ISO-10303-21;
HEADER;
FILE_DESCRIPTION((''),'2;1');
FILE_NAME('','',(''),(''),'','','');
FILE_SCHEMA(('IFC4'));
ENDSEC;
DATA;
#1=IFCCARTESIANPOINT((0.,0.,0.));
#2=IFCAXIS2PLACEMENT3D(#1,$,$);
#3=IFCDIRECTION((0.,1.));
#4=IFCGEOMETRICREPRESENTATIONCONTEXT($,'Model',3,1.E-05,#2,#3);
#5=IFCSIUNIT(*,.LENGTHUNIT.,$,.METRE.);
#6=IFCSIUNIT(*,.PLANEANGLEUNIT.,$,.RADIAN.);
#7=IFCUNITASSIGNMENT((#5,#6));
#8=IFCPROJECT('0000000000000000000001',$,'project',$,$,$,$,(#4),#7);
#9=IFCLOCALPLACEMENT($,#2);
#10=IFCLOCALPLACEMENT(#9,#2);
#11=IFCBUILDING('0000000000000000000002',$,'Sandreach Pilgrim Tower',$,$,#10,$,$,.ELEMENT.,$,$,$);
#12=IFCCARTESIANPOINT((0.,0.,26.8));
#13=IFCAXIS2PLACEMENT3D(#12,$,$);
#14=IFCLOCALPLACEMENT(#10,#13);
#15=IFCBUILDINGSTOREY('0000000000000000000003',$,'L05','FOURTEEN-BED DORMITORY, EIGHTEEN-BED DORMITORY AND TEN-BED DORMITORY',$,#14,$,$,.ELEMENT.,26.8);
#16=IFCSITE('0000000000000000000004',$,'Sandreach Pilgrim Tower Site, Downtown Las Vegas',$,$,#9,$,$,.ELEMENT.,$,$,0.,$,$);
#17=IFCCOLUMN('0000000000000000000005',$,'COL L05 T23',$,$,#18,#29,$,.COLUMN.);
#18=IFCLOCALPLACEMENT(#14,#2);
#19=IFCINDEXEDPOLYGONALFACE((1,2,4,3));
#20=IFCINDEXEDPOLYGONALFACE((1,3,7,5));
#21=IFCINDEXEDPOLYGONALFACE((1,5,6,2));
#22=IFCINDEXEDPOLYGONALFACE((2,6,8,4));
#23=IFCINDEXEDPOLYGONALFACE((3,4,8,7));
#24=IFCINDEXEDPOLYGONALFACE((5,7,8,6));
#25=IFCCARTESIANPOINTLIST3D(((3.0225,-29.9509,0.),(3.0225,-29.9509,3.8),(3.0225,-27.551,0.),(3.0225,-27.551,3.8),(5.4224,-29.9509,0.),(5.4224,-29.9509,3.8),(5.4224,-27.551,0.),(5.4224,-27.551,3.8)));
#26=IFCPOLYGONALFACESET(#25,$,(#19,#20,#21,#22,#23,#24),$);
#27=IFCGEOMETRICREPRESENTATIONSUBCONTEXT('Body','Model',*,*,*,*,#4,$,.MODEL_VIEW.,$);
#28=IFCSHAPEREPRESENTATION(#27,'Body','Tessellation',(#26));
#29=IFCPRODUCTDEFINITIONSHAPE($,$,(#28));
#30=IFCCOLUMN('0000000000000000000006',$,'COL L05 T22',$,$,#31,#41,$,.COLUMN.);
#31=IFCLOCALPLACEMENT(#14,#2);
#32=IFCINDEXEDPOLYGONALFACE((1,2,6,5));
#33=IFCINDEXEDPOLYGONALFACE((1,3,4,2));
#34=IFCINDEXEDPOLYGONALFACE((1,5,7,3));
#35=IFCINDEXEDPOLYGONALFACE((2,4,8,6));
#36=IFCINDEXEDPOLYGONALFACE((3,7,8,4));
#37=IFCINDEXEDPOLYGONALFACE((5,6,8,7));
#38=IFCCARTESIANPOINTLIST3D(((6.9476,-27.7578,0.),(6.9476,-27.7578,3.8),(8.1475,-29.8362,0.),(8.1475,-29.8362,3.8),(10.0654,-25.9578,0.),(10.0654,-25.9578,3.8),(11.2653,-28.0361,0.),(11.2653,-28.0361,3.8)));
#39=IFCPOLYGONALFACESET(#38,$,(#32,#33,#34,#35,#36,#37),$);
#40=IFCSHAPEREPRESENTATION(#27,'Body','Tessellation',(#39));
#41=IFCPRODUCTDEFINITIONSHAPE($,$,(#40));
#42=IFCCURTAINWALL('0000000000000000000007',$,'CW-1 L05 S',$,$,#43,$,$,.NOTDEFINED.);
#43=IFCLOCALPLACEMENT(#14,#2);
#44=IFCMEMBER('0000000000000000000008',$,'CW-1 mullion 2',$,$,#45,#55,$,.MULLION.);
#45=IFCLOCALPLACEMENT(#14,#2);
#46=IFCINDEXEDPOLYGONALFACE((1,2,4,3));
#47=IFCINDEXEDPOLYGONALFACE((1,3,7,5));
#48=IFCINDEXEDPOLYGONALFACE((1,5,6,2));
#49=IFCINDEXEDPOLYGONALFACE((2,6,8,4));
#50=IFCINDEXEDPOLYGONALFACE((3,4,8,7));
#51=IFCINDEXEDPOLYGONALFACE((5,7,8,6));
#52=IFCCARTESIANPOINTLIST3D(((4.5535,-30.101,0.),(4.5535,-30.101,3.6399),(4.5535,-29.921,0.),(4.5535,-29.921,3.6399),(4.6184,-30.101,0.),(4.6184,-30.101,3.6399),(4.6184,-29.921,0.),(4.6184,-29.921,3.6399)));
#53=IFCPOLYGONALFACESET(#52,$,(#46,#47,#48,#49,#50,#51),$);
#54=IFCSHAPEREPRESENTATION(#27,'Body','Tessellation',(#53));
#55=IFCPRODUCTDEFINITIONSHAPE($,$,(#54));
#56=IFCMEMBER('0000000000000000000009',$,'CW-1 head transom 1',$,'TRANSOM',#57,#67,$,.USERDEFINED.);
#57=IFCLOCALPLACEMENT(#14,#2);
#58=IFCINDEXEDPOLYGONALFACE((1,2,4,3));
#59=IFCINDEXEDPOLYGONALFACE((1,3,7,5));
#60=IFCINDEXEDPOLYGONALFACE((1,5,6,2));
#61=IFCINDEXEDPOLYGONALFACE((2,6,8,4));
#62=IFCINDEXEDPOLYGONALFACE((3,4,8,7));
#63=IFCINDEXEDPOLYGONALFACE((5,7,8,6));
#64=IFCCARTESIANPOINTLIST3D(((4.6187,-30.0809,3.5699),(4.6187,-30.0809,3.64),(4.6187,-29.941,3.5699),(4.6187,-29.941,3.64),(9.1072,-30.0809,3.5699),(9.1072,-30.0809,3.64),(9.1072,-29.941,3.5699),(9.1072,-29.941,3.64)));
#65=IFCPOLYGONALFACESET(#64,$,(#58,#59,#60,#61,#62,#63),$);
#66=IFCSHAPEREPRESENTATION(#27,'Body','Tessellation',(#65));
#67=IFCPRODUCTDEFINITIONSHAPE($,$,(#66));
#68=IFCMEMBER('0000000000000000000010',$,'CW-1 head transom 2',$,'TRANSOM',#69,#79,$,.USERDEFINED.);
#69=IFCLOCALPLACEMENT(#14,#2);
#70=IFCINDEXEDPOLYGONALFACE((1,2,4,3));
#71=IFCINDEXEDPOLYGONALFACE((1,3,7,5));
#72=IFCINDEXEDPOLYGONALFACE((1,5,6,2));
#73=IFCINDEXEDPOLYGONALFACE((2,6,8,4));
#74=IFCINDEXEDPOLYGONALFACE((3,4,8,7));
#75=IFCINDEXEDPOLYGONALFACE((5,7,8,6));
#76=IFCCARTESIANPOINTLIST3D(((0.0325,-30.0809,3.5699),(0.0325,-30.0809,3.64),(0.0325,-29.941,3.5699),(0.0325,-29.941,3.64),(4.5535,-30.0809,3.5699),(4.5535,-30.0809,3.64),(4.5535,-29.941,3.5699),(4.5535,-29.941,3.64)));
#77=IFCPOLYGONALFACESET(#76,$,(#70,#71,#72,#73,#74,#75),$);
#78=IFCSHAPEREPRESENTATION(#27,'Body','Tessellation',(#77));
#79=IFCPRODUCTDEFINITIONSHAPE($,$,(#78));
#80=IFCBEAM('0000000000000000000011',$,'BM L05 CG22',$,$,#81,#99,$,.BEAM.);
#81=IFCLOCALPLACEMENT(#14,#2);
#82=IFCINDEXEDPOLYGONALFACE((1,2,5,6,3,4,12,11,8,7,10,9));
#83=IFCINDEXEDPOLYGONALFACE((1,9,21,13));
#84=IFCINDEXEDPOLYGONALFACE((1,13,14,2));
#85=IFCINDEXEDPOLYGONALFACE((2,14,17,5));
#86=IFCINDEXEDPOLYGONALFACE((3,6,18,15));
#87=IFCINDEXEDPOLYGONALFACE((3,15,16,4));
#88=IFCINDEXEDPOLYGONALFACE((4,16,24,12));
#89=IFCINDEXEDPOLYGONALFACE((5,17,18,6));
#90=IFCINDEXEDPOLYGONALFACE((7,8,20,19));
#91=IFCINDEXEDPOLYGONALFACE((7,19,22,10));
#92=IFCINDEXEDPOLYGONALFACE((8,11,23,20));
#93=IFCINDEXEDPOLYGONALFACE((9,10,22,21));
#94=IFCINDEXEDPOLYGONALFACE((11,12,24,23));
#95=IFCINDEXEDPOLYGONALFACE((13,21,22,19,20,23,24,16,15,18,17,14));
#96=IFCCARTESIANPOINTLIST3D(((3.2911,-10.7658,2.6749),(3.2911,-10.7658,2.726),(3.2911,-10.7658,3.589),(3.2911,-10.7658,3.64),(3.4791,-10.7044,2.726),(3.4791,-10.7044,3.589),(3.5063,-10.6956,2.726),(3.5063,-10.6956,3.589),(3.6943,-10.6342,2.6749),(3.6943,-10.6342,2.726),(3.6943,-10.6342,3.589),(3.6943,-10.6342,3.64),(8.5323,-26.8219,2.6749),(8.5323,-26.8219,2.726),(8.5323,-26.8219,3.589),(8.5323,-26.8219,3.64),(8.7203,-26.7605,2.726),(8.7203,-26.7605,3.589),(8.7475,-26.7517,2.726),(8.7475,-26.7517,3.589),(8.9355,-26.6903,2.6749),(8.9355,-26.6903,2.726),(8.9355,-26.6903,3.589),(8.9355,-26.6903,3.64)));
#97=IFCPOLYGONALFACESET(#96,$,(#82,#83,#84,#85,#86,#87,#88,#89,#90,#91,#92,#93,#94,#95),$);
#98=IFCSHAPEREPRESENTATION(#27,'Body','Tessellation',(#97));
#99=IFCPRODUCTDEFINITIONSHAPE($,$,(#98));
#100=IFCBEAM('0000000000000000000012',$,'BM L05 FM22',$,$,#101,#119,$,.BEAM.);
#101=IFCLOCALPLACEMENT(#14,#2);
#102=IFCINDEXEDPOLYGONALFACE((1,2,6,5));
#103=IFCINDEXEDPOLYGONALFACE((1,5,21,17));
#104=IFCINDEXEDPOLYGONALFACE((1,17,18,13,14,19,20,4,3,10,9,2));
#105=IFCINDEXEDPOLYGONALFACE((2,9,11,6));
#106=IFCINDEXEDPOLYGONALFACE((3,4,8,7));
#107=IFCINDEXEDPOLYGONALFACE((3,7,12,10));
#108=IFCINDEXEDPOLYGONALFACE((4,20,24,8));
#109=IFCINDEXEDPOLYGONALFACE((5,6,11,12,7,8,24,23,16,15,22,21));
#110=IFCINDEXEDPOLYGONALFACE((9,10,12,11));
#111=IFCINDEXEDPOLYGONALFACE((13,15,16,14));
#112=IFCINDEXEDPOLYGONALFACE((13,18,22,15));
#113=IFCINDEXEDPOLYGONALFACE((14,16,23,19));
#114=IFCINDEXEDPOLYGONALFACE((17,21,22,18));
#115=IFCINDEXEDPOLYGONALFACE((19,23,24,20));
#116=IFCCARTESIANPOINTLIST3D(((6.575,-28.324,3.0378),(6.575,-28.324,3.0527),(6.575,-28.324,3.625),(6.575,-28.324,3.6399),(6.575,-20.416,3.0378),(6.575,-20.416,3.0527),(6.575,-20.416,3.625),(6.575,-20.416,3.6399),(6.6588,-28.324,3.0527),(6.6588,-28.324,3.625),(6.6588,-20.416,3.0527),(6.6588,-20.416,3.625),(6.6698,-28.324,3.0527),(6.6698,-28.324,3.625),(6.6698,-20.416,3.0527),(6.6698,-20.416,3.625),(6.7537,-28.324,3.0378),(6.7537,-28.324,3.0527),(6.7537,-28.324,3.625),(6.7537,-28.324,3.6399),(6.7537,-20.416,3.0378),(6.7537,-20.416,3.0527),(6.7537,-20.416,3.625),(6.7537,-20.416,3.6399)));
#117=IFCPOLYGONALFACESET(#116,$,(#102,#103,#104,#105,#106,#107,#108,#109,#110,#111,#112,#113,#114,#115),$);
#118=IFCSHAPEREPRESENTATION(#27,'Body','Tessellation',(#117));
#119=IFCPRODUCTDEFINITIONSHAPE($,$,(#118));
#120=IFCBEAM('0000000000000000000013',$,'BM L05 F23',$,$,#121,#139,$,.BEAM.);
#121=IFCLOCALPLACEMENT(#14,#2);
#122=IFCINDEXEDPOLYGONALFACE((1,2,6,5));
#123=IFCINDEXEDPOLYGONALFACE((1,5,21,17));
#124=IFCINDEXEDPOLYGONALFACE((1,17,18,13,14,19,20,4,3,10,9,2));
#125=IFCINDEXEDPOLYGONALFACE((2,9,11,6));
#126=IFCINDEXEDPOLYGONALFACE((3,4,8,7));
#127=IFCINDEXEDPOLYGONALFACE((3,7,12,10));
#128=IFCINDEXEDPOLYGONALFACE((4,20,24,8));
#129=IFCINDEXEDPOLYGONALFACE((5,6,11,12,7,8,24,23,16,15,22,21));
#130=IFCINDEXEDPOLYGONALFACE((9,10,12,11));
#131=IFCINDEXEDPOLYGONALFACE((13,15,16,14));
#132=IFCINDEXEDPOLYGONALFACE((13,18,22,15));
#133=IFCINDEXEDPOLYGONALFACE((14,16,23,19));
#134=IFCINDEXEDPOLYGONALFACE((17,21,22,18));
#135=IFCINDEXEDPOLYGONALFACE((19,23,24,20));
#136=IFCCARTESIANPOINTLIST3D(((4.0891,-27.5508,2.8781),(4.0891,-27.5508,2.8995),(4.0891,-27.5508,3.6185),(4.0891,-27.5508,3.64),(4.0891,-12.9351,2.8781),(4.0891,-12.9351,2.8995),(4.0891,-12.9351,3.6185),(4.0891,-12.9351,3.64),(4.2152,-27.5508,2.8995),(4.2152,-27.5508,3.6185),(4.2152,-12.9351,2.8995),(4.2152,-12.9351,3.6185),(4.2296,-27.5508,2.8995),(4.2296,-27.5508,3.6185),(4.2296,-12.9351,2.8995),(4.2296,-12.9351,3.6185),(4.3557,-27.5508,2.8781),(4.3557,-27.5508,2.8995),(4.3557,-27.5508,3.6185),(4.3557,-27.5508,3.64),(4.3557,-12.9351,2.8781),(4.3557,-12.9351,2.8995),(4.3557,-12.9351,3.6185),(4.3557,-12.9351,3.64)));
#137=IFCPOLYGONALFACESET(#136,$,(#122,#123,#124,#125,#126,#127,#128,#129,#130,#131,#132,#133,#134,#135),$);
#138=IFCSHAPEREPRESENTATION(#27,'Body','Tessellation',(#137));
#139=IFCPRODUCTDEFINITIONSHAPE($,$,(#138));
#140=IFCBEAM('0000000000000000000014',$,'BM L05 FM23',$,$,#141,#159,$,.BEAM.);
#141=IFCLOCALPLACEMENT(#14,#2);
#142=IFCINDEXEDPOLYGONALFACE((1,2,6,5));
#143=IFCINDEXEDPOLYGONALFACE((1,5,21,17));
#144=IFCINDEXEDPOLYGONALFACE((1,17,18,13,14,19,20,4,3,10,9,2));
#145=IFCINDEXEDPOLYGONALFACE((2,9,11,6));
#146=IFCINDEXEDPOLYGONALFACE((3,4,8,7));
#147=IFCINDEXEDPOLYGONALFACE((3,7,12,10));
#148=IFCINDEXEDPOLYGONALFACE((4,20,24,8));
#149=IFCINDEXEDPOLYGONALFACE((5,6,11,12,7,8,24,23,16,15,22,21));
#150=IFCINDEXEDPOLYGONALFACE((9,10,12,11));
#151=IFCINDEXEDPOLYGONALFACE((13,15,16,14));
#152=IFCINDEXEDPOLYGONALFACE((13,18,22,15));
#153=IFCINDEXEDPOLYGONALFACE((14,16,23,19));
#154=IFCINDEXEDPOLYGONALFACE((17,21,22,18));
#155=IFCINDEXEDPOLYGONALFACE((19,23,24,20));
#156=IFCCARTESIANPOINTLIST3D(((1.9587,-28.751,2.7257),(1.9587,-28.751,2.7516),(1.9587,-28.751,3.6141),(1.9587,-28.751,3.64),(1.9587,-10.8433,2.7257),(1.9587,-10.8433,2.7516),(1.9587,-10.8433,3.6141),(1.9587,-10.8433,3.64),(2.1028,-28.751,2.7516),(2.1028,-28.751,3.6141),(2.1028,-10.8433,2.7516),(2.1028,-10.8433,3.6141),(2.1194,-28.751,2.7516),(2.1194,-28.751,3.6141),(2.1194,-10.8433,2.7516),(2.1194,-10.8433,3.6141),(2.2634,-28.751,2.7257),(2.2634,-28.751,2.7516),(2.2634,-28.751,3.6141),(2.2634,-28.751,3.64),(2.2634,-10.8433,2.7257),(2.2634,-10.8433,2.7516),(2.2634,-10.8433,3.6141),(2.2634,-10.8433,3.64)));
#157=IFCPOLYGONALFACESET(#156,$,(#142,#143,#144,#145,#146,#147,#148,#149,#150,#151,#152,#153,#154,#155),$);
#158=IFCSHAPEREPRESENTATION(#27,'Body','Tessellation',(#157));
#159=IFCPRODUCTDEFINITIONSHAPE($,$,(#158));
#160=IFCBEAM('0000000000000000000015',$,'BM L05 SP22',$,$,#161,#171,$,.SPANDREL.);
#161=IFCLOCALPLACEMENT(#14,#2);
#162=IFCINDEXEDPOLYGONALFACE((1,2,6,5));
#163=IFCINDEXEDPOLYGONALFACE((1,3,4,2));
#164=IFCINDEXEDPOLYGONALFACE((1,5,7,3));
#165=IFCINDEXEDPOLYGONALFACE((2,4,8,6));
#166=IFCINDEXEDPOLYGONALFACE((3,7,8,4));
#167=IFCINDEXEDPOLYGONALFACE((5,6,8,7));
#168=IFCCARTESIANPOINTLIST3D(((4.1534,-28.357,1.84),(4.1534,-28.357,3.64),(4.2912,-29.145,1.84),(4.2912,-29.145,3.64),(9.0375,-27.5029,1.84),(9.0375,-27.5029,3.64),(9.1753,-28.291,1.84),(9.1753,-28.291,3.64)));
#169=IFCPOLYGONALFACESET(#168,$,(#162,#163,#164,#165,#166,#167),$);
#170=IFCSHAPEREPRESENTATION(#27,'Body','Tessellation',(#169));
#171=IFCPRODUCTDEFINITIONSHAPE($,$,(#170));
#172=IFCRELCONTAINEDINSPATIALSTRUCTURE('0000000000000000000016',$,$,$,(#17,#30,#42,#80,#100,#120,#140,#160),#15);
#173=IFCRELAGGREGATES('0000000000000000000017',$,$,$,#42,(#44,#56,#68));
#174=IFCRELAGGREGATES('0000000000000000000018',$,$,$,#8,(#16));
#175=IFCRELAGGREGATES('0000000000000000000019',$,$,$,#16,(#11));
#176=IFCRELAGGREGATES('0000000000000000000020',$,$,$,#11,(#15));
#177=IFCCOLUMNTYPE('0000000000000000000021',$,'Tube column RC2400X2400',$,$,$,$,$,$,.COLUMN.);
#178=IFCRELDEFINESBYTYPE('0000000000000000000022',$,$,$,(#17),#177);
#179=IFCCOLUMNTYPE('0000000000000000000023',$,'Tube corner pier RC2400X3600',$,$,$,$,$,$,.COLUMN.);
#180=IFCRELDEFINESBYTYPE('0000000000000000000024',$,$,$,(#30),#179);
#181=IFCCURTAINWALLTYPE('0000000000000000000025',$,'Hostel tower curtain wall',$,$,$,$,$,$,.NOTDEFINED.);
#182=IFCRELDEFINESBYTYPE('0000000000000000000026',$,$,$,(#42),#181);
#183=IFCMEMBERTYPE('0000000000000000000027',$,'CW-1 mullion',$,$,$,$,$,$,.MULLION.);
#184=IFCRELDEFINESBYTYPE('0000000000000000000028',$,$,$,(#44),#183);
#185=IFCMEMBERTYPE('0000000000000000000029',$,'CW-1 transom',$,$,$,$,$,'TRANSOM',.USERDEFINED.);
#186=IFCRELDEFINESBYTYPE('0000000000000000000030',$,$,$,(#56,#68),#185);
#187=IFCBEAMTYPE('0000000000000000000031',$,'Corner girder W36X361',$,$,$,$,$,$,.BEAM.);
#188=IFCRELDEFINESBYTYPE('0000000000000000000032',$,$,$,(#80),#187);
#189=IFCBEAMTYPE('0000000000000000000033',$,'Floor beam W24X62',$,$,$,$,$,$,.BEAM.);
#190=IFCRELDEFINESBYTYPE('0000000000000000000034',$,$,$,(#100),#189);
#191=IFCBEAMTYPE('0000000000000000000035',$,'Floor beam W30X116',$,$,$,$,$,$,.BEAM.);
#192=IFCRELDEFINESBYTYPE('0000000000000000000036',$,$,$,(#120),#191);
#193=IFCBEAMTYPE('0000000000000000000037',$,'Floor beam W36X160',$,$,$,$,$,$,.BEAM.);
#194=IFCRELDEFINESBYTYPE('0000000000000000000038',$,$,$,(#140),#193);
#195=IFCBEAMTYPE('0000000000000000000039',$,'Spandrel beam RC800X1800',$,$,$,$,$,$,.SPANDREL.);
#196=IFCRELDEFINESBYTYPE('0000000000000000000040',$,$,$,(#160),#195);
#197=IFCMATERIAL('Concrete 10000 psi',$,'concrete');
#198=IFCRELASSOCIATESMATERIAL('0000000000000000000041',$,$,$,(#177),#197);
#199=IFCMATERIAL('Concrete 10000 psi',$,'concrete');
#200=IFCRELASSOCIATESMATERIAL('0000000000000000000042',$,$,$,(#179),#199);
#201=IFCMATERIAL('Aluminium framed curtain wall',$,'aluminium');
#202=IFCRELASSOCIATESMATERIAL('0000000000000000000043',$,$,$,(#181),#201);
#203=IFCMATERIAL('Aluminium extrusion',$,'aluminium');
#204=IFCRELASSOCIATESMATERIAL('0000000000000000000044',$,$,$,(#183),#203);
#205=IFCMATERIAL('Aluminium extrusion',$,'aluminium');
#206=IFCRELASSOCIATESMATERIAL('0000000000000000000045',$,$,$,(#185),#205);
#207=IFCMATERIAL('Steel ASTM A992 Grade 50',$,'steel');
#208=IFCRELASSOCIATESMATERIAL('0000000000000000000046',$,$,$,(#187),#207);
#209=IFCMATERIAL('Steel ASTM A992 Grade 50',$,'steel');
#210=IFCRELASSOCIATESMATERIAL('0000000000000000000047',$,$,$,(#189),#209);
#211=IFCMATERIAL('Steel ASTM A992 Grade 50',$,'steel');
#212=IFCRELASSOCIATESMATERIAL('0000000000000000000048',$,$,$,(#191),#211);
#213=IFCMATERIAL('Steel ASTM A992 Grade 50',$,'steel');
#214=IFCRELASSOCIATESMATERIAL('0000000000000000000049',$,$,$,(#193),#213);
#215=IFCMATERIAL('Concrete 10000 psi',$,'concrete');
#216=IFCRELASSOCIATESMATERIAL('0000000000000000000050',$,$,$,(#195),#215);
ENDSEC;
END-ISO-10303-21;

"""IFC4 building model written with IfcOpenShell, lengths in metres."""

from ifc_helpers import new_model, si_unit, direction, frame, origin, origin_2d, place, context, subcontext, project, spatial, rectangle, i_section, extrude, material, material_profile, profile_set, type_object, element, aggregate, save


model = new_model("IFC4")

# Units and contexts
model_context = context("Model", 3, precision=1e-05, world=origin(), true_north=direction((0.0, 1.0)))
body_context = subcontext(model_context, "Body", "Model", "MODEL_VIEW")
ifc_project = project(units=[si_unit("LENGTHUNIT", "METRE"), si_unit("PLANEANGLEUNIT", "RADIAN")], contexts=[model_context])

# Site, building, storey
site_placement = place(None, origin())
site = spatial("IfcSite", under=ifc_project, at=site_placement, Name="Sandreach Pilgrim Tower Site, Downtown Las Vegas", CompositionType="ELEMENT", RefElevation=0.0)
building_placement = place(site_placement, origin())
building = spatial("IfcBuilding", under=site, at=building_placement, Name="Sandreach Pilgrim Tower", CompositionType="ELEMENT")
storey_placement = place(building_placement, frame((0.0, 0.0, 26.8)))
storey = spatial("IfcBuildingStorey", under=building, at=storey_placement, Name="L05", Description="FOURTEEN-BED DORMITORY, EIGHTEEN-BED DORMITORY AND TEN-BED DORMITORY", CompositionType="ELEMENT", Elevation=26.8)

# Columns
ifc_material_1 = material(Name="Concrete 10000 psi", Category="concrete")
ifc_material_profile_1 = material_profile(ifc_material_1, rectangle(XDim=2.3999, YDim=2.3999, at=origin_2d()), Name="RC2400X2400")
ifc_profile_set_1 = profile_set([ifc_material_profile_1], Name="Concrete 10000 psi")
column_type_1 = type_object("IfcColumnType", Name="Tube column RC2400X2400", PredefinedType="COLUMN", material=ifc_profile_set_1)
column_1_placement = place(storey_placement, frame((4.2224, -28.751, 0.0), z_axis=(0.0, 0.0, 1.0), x_axis=(0.0, -1.0, 0.0)))
element("IfcColumn", 1, at=column_1_placement, inside=storey, type_object=column_type_1, Name="COL L05 T23", PredefinedType="COLUMN", context=body_context, shape_type="SweptSolid", body=[
    extrude(rectangle(XDim=2.3999, YDim=2.3999, at=origin_2d()), origin(), (0.0, 0.0, 1.0), 3.8),
])
ifc_material_2 = material(Name="Concrete 10000 psi", Category="concrete")
ifc_material_profile_2 = material_profile(ifc_material_2, rectangle(XDim=2.3999, YDim=3.6001, at=origin_2d()), Name="RC2400X3600")
ifc_profile_set_2 = profile_set([ifc_material_profile_2], Name="Concrete 10000 psi")
column_type_2 = type_object("IfcColumnType", Name="Tube corner pier RC2400X3600", PredefinedType="COLUMN", material=ifc_profile_set_2)
column_2_placement = place(storey_placement, frame((9.1064, -27.897, 0.0), z_axis=(0.0, 0.0, 1.0), x_axis=(0.5, -0.866025, 0.0)))
element("IfcColumn", 2, at=column_2_placement, inside=storey, type_object=column_type_2, Name="COL L05 T22", PredefinedType="COLUMN", context=body_context, shape_type="SweptSolid", body=[
    extrude(rectangle(XDim=2.3999, YDim=3.6001, at=origin_2d()), origin(), (0.0, 0.0, 1.0), 3.8),
])

# Curtain wall, members
ifc_material_3 = material(Name="Aluminium framed curtain wall", Category="aluminium")
curtain_wall_type = type_object("IfcCurtainWallType", Name="Hostel tower curtain wall", PredefinedType="NOTDEFINED", material=ifc_material_3)
curtain_wall_placement = place(storey_placement, origin())
curtain_wall = element("IfcCurtainWall", 3, at=curtain_wall_placement, inside=storey, type_object=curtain_wall_type, Name="CW-1 L05 S", PredefinedType="NOTDEFINED")
ifc_material_4 = material(Name="Aluminium extrusion", Category="aluminium")
ifc_material_profile_3 = material_profile(ifc_material_4, rectangle(XDim=0.0649, YDim=0.1799, at=origin_2d()), Name="CW-1M 65X180")
ifc_profile_set_3 = profile_set([ifc_material_profile_3], Name="Aluminium extrusion")
member_type_1 = type_object("IfcMemberType", Name="CW-1 mullion", PredefinedType="MULLION", material=ifc_profile_set_3)
member_1_placement = place(storey_placement, frame((4.5859, -30.011, 0.0), z_axis=(0.0, 0.0, 1.0), x_axis=(-1.0, 0.0, 0.0)))
member_1 = element("IfcMember", 4, at=member_1_placement, type_object=member_type_1, Name="CW-1 mullion 2", PredefinedType="MULLION", context=body_context, shape_type="SweptSolid", body=[
    extrude(rectangle(XDim=0.0649, YDim=0.1799, at=origin_2d()), origin(), (0.0, 0.0, 1.0), 3.6399),
])
ifc_material_5 = material(Name="Aluminium extrusion", Category="aluminium")
ifc_material_profile_4 = material_profile(ifc_material_5, rectangle(XDim=0.1399, YDim=0.0701, at=origin_2d()), Name="CW-1T 140X70")
ifc_profile_set_4 = profile_set([ifc_material_profile_4], Name="Aluminium extrusion")
member_type_2 = type_object("IfcMemberType", Name="CW-1 transom", ElementType="TRANSOM", PredefinedType="USERDEFINED", material=ifc_profile_set_4)
member_2_placement = place(storey_placement, frame((9.1072, -30.011, 3.605), z_axis=(-1.0, 0.0, 0.0), x_axis=(0.0, -1.0, 0.0)))
member_2 = element("IfcMember", 5, at=member_2_placement, type_object=member_type_2, Name="CW-1 head transom 1", ObjectType="TRANSOM", PredefinedType="USERDEFINED", context=body_context, shape_type="SweptSolid", body=[
    extrude(rectangle(XDim=0.1399, YDim=0.0701, at=origin_2d()), origin(), (0.0, 0.0, 1.0), 4.4885),
])
member_3_placement = place(storey_placement, frame((4.5535, -30.011, 3.605), z_axis=(-1.0, 0.0, 0.0), x_axis=(0.0, -1.0, 0.0)))
member_3 = element("IfcMember", 6, at=member_3_placement, type_object=member_type_2, Name="CW-1 head transom 2", ObjectType="TRANSOM", PredefinedType="USERDEFINED", context=body_context, shape_type="SweptSolid", body=[
    extrude(rectangle(XDim=0.1399, YDim=0.0701, at=origin_2d()), origin(), (0.0, 0.0, 1.0), 4.521),
])

# Beams
ifc_material_6 = material(Name="Steel ASTM A992 Grade 50", Category="steel")
ifc_material_profile_5 = material_profile(ifc_material_6, i_section(OverallWidth=0.4241, OverallDepth=0.9651, WebThickness=0.0286, FlangeThickness=0.051, at=origin_2d()), Name="W36X361")
ifc_profile_set_5 = profile_set([ifc_material_profile_5], Name="Steel ASTM A992 Grade 50")
beam_type_1 = type_object("IfcBeamType", Name="Corner girder W36X361", PredefinedType="BEAM", material=ifc_profile_set_5)
beam_1_placement = place(storey_placement, frame((8.7339, -26.7561, 3.1575), z_axis=(-0.310315, 0.950634, 0.0), x_axis=(-0.950634, -0.310315, 0.0)))
element("IfcBeam", 7, at=beam_1_placement, inside=storey, type_object=beam_type_1, Name="BM L05 CG22", PredefinedType="BEAM", context=body_context, shape_type="SweptSolid", body=[
    extrude(i_section(OverallWidth=0.4241, OverallDepth=0.9651, WebThickness=0.0286, FlangeThickness=0.051, at=origin_2d()), origin(), (0.0, 0.0, 1.0), 16.8899),
])
ifc_material_7 = material(Name="Steel ASTM A992 Grade 50", Category="steel")
ifc_material_profile_6 = material_profile(ifc_material_7, i_section(OverallWidth=0.1787, OverallDepth=0.6021, WebThickness=0.011, FlangeThickness=0.0149, at=origin_2d()), Name="W24X62")
ifc_profile_set_6 = profile_set([ifc_material_profile_6], Name="Steel ASTM A992 Grade 50")
beam_type_2 = type_object("IfcBeamType", Name="Floor beam W24X62", PredefinedType="BEAM", material=ifc_profile_set_6)
beam_2_placement = place(storey_placement, frame((6.6643, -28.324, 3.3389), z_axis=(0.0, 1.0, 0.0), x_axis=(-1.0, 0.0, 0.0)))
element("IfcBeam", 8, at=beam_2_placement, inside=storey, type_object=beam_type_2, Name="BM L05 FM22", PredefinedType="BEAM", context=body_context, shape_type="SweptSolid", body=[
    extrude(i_section(OverallWidth=0.1787, OverallDepth=0.6021, WebThickness=0.011, FlangeThickness=0.0149, at=origin_2d()), origin(), (0.0, 0.0, 1.0), 7.908),
])
ifc_material_8 = material(Name="Steel ASTM A992 Grade 50", Category="steel")
ifc_material_profile_7 = material_profile(ifc_material_8, i_section(OverallWidth=0.2666, OverallDepth=0.762, WebThickness=0.0144, FlangeThickness=0.0215, at=origin_2d()), Name="W30X116")
ifc_profile_set_7 = profile_set([ifc_material_profile_7], Name="Steel ASTM A992 Grade 50")
beam_type_3 = type_object("IfcBeamType", Name="Floor beam W30X116", PredefinedType="BEAM", material=ifc_profile_set_7)
beam_3_placement = place(storey_placement, frame((4.2224, -27.5508, 3.259), z_axis=(0.0, 1.0, 0.0), x_axis=(-1.0, 0.0, 0.0)))
element("IfcBeam", 9, at=beam_3_placement, inside=storey, type_object=beam_type_3, Name="BM L05 F23", PredefinedType="BEAM", context=body_context, shape_type="SweptSolid", body=[
    extrude(i_section(OverallWidth=0.2666, OverallDepth=0.762, WebThickness=0.0144, FlangeThickness=0.0215, at=origin_2d()), origin(), (0.0, 0.0, 1.0), 14.6157),
])
ifc_material_9 = material(Name="Steel ASTM A992 Grade 50", Category="steel")
ifc_material_profile_8 = material_profile(ifc_material_9, i_section(OverallWidth=0.3047, OverallDepth=0.9143, WebThickness=0.0166, FlangeThickness=0.0259, at=origin_2d()), Name="W36X160")
ifc_profile_set_8 = profile_set([ifc_material_profile_8], Name="Steel ASTM A992 Grade 50")
beam_type_4 = type_object("IfcBeamType", Name="Floor beam W36X160", PredefinedType="BEAM", material=ifc_profile_set_8)
beam_4_placement = place(storey_placement, frame((2.1111, -28.751, 3.1829), z_axis=(0.0, 1.0, 0.0), x_axis=(-1.0, 0.0, 0.0)))
element("IfcBeam", 10, at=beam_4_placement, inside=storey, type_object=beam_type_4, Name="BM L05 FM23", PredefinedType="BEAM", context=body_context, shape_type="SweptSolid", body=[
    extrude(i_section(OverallWidth=0.3047, OverallDepth=0.9143, WebThickness=0.0166, FlangeThickness=0.0259, at=origin_2d()), origin(), (0.0, 0.0, 1.0), 17.9077),
])
ifc_material_10 = material(Name="Concrete 10000 psi", Category="concrete")
ifc_material_profile_9 = material_profile(ifc_material_10, rectangle(XDim=0.8, YDim=1.8, at=origin_2d()), Name="RC800X1800")
ifc_profile_set_9 = profile_set([ifc_material_profile_9], Name="Concrete 10000 psi")
beam_type_5 = type_object("IfcBeamType", Name="Spandrel beam RC800X1800", PredefinedType="SPANDREL", material=ifc_profile_set_9)
beam_5_placement = place(storey_placement, frame((9.1064, -27.897, 2.74), z_axis=(-0.985054, -0.172243, 0.0), x_axis=(0.172243, -0.985054, 0.0)))
element("IfcBeam", 11, at=beam_5_placement, inside=storey, type_object=beam_type_5, Name="BM L05 SP22", PredefinedType="SPANDREL", context=body_context, shape_type="SweptSolid", body=[
    extrude(rectangle(XDim=0.8, YDim=1.8, at=origin_2d()), origin(), (0.0, 0.0, 1.0), 4.9583),
])

aggregate(curtain_wall, [member_1, member_2, member_3])

save(model, "model.ifc")
